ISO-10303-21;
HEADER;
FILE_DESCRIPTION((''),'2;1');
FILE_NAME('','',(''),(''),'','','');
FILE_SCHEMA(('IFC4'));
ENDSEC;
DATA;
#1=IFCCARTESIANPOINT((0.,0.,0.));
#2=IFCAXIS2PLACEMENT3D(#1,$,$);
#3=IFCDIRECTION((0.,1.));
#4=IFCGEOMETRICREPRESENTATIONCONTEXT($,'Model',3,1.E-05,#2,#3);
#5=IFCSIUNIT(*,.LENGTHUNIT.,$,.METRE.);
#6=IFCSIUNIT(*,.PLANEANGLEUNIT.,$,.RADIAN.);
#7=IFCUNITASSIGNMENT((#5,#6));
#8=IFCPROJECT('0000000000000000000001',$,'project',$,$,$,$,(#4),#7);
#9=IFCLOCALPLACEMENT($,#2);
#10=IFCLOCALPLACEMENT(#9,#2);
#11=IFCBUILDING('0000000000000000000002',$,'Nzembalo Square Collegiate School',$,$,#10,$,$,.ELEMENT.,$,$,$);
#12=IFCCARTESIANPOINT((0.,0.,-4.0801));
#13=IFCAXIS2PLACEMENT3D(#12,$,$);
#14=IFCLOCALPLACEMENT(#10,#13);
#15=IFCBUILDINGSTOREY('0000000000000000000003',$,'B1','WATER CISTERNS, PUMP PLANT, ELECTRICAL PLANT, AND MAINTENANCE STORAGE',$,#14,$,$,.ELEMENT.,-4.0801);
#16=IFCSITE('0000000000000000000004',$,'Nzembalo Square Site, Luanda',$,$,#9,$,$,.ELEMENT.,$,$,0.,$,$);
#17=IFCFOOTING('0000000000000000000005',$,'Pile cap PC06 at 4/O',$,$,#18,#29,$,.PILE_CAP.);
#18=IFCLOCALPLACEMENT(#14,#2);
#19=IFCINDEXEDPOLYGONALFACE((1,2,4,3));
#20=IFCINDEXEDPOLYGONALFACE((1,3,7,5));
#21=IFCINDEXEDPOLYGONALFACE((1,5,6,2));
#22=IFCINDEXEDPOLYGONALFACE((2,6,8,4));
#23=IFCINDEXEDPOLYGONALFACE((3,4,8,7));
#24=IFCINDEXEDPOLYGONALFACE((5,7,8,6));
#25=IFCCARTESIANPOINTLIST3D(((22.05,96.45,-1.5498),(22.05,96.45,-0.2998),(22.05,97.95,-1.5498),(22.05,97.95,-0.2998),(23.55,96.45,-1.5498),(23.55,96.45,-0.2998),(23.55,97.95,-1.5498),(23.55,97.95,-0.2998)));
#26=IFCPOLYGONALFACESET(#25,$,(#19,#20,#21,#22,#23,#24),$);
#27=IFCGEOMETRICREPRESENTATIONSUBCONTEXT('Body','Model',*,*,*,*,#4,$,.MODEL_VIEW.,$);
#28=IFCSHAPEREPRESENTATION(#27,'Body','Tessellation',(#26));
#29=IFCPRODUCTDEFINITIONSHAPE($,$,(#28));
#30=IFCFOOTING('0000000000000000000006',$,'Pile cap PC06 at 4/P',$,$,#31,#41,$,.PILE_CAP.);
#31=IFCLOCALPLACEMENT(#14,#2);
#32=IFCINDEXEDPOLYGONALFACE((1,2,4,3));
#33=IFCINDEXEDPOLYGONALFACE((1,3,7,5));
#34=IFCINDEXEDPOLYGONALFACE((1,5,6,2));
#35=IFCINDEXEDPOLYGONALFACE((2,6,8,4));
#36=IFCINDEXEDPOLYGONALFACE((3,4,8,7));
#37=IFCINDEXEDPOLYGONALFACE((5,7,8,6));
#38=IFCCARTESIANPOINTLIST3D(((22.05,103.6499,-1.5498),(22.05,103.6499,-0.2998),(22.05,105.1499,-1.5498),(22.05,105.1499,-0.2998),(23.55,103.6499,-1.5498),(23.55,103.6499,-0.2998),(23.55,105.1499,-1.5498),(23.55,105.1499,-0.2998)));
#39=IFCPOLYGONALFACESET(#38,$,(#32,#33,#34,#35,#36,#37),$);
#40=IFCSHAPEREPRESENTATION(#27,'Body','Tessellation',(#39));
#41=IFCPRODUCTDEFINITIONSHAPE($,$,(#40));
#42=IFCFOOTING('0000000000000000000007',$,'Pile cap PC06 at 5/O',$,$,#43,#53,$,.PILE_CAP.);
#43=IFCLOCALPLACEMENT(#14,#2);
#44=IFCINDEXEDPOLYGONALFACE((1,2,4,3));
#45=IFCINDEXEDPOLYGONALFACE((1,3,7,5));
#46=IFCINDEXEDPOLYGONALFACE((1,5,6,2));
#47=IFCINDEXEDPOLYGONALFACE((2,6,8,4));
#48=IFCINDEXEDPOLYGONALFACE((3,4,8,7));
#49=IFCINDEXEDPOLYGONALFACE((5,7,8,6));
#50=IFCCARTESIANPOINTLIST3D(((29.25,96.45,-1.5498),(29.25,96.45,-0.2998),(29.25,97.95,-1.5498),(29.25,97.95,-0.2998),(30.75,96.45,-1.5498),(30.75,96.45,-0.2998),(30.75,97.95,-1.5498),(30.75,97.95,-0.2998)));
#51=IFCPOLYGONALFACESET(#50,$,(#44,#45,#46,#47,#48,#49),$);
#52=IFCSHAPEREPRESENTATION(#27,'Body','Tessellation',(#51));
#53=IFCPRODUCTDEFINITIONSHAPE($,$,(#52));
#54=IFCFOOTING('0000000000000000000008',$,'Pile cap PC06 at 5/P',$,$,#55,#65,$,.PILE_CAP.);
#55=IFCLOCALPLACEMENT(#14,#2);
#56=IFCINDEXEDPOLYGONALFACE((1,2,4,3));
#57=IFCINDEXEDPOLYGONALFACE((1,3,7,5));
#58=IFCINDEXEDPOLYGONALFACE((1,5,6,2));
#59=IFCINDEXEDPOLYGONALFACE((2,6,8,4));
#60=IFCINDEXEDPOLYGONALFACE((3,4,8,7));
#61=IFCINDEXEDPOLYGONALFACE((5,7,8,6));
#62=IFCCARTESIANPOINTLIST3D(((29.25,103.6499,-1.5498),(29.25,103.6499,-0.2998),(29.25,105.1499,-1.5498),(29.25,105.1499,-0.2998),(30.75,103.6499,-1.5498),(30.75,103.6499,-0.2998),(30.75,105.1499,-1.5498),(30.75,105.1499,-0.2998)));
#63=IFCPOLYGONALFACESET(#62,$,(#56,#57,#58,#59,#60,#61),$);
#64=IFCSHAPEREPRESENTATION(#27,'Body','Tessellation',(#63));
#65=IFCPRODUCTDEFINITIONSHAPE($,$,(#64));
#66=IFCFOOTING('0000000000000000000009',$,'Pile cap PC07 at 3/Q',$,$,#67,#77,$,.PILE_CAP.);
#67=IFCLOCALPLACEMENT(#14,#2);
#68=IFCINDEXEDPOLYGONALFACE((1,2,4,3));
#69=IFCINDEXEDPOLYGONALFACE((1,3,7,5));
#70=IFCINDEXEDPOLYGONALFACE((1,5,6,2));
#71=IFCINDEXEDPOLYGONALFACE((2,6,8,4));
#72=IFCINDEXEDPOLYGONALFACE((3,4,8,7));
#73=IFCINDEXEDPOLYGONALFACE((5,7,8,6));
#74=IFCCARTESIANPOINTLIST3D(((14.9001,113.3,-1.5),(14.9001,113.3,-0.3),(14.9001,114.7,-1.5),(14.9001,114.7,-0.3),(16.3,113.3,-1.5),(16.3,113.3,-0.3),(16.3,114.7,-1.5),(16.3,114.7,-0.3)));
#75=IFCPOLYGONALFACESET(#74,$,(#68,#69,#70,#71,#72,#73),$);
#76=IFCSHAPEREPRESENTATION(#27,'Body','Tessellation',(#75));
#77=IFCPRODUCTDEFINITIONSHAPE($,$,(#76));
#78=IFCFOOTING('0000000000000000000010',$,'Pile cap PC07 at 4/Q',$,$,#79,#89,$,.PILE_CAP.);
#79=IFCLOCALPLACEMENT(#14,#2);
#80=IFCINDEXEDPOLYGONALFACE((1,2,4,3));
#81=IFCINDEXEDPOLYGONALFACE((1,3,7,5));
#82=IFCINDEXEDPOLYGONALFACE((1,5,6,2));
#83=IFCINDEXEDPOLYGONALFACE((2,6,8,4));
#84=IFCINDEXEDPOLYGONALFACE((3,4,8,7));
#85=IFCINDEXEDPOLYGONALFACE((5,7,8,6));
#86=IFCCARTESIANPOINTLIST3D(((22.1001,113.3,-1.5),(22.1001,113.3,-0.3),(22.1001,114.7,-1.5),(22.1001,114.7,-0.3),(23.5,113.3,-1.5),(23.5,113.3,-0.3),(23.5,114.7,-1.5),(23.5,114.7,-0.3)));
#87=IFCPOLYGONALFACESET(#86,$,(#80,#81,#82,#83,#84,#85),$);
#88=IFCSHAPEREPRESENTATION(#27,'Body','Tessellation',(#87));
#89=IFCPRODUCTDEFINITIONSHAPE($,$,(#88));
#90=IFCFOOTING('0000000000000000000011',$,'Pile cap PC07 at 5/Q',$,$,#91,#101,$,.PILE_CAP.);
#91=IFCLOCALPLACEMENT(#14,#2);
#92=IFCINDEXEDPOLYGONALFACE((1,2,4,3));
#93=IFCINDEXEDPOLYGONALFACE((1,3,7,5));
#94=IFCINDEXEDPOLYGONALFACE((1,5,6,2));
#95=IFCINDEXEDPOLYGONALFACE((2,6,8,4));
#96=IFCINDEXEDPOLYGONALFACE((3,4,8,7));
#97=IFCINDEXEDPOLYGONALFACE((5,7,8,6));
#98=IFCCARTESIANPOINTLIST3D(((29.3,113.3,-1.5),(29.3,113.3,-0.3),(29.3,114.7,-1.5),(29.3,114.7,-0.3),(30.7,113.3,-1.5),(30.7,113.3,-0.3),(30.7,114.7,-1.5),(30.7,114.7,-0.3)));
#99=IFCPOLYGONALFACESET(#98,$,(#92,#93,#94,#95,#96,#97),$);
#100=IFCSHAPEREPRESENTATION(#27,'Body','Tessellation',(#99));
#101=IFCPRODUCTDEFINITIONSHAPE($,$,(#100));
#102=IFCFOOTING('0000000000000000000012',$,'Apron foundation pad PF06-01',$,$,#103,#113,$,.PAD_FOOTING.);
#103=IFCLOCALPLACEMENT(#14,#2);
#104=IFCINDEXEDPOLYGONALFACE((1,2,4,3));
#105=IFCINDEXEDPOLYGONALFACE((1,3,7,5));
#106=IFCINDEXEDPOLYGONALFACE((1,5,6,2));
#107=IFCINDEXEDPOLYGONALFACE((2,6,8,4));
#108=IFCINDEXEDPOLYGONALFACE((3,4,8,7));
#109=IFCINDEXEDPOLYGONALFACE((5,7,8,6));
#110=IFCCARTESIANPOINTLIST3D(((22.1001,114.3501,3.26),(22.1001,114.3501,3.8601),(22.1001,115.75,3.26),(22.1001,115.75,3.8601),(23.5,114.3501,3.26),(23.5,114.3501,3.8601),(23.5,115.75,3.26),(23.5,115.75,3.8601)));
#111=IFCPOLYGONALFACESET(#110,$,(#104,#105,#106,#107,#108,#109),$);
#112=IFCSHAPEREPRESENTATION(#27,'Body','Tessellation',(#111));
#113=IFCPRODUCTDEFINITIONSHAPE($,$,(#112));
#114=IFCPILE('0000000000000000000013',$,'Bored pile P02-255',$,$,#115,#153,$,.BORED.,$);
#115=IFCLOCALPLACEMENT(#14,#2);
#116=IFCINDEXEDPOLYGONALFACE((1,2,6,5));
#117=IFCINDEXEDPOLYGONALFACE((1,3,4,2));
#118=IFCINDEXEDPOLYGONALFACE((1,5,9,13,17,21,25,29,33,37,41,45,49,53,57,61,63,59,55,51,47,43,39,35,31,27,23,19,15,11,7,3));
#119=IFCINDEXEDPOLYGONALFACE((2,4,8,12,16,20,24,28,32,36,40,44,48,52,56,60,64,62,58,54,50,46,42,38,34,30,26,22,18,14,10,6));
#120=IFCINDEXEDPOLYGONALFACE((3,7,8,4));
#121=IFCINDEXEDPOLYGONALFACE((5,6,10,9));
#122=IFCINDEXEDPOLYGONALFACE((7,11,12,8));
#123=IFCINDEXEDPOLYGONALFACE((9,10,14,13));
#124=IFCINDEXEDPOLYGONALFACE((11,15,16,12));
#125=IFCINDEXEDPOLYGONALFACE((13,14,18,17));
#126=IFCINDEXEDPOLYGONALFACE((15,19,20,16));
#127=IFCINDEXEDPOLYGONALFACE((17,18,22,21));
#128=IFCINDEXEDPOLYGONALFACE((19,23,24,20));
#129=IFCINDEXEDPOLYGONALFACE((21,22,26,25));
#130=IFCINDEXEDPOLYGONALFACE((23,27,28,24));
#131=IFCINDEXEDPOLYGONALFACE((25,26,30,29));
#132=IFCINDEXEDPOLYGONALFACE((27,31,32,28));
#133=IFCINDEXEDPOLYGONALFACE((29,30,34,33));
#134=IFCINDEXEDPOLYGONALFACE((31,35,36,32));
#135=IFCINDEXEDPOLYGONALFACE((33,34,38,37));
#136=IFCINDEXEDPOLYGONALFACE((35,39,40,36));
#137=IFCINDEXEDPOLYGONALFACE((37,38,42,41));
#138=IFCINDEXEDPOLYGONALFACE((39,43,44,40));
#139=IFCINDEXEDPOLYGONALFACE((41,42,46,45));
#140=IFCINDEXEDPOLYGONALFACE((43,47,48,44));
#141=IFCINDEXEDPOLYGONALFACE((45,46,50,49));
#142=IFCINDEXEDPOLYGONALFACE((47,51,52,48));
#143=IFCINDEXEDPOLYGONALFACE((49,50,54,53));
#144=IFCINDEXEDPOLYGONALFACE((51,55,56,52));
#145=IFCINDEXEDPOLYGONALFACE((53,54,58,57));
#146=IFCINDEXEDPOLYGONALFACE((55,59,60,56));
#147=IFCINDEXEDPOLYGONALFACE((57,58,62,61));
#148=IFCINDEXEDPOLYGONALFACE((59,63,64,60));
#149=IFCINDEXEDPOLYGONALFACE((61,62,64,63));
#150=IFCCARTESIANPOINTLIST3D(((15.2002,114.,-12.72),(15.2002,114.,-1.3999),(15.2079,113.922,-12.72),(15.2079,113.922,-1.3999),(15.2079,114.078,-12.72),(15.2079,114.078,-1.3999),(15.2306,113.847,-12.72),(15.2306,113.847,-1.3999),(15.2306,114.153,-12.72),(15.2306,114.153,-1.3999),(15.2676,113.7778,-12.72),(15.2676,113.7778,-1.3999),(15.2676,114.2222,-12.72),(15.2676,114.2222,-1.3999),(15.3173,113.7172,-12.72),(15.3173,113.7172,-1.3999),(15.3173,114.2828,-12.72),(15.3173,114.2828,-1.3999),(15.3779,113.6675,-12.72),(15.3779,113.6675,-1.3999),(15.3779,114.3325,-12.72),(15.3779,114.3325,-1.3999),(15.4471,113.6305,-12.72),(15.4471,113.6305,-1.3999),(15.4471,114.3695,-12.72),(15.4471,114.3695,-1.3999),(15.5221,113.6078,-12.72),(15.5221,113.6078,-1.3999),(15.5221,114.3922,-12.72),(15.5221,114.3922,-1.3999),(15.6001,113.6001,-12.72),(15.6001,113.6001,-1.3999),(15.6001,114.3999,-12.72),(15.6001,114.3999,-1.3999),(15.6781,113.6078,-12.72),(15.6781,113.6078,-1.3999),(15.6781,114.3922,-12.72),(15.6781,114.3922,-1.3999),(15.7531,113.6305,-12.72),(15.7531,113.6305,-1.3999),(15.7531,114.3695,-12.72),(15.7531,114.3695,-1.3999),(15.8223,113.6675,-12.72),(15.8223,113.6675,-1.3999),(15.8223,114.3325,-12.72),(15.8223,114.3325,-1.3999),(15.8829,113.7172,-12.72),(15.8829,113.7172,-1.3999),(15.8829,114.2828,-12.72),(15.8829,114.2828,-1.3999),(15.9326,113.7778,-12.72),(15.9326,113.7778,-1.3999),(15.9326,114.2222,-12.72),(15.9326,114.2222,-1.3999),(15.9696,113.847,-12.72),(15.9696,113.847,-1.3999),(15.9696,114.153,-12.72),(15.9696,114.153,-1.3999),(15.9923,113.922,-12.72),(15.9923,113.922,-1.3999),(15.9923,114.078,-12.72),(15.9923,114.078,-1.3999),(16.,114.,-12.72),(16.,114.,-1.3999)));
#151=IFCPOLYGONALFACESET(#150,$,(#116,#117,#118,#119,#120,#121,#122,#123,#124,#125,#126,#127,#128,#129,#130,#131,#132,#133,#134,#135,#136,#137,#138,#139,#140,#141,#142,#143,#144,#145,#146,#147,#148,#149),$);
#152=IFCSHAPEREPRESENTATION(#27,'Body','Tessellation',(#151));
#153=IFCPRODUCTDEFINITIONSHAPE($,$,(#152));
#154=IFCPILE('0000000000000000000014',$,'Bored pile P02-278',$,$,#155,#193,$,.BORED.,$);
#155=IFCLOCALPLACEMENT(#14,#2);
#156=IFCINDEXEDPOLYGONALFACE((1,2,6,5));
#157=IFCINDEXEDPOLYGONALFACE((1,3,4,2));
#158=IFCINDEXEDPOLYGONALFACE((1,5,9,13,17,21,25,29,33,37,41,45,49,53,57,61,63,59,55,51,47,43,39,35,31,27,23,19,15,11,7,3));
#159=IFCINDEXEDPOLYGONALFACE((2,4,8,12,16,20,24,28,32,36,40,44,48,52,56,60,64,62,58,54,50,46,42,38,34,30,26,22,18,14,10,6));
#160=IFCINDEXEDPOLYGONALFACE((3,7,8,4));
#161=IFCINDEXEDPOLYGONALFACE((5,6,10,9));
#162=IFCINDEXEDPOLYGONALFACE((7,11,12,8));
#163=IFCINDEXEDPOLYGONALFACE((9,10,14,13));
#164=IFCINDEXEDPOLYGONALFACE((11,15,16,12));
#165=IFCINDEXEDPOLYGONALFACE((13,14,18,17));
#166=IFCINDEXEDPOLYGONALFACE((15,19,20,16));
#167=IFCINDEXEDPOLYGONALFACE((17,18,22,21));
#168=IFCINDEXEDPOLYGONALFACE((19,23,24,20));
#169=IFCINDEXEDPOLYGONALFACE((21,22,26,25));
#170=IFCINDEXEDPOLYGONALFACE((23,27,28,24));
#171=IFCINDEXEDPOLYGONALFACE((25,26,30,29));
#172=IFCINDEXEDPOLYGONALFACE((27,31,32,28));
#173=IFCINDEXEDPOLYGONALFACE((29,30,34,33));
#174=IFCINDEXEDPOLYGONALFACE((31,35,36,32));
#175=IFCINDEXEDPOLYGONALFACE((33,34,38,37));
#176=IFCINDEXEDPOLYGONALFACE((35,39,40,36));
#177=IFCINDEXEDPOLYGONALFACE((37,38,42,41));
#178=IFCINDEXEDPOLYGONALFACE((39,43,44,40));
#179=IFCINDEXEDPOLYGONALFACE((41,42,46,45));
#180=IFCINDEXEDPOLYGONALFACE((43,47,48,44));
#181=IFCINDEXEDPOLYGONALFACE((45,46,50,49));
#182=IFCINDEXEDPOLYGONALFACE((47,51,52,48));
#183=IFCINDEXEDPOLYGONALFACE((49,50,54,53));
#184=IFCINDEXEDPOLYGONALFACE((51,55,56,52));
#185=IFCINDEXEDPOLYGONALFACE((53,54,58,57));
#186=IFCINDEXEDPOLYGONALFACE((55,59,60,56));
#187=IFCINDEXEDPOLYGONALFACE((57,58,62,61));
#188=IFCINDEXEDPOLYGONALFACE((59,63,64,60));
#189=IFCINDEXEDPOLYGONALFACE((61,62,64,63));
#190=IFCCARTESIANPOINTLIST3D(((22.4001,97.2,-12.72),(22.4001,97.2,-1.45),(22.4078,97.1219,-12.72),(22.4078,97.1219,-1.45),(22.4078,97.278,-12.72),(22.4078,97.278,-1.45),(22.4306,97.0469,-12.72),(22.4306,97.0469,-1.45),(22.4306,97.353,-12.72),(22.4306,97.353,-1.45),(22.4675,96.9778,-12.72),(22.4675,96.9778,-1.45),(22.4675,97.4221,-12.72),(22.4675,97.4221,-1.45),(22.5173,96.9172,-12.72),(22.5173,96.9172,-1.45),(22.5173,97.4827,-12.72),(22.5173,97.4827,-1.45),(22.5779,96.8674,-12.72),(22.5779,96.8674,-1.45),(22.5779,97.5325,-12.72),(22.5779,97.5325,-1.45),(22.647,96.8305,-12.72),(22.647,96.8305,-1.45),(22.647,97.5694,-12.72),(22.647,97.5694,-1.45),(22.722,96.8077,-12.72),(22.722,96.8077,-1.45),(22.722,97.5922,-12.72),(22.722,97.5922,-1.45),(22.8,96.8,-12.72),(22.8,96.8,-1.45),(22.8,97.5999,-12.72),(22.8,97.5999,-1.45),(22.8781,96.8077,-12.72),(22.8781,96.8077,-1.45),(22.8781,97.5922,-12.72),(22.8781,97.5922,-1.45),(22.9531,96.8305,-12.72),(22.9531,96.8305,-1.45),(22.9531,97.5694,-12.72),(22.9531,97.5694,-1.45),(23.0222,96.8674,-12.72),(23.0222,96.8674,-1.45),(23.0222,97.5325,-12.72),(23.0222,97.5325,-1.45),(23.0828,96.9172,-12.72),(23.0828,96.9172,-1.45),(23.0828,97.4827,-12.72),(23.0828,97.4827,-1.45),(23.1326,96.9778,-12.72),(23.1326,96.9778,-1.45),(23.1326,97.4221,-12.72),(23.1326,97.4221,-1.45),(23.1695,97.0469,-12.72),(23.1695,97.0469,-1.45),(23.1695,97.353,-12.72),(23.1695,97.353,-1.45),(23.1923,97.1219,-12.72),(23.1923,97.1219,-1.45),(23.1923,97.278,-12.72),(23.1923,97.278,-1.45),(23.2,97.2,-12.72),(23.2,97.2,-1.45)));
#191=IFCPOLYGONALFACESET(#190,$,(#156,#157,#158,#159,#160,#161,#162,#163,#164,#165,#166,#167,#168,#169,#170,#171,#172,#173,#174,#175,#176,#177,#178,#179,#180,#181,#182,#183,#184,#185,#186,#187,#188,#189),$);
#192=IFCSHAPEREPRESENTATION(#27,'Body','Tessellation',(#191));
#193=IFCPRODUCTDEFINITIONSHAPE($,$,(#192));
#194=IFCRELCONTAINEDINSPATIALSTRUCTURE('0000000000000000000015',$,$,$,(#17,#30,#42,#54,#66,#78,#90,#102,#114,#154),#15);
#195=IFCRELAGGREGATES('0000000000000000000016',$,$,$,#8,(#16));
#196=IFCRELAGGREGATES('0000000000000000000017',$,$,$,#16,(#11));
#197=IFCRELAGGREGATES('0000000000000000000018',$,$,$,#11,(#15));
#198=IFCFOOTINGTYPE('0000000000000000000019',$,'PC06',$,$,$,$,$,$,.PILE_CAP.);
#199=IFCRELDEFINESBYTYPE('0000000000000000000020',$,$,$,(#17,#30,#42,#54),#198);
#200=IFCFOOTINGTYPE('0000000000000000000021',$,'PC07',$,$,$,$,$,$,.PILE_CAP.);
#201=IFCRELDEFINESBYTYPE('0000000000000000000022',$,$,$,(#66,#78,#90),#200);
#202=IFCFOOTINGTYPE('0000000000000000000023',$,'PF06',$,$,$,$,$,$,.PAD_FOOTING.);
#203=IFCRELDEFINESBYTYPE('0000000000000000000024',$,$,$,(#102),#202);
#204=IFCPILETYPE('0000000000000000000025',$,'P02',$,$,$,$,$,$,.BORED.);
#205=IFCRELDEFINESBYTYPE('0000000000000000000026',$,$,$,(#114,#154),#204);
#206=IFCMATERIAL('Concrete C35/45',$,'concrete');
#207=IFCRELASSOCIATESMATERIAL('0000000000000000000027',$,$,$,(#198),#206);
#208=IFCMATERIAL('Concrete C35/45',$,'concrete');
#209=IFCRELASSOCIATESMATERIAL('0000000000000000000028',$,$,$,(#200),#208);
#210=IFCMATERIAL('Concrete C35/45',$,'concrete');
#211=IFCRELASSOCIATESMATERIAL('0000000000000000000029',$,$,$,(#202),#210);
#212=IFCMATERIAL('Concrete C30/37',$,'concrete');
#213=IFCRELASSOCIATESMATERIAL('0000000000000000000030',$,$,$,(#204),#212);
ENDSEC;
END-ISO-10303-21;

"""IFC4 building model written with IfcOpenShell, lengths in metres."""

from ifc_helpers import new_model, si_unit, direction, frame, origin, origin_2d, place, context, subcontext, project, spatial, rectangle, circle, extrude, material, material_profile, profile_set, type_object, element, save


model = new_model("IFC4")

# Units and contexts
model_context = context("Model", 3, precision=1e-05, world=origin(), true_north=direction((0.0, 1.0)))
body_context = subcontext(model_context, "Body", "Model", "MODEL_VIEW")
ifc_project = project(units=[si_unit("LENGTHUNIT", "METRE"), si_unit("PLANEANGLEUNIT", "RADIAN")], contexts=[model_context])

# Site, building, storey
site_placement = place(None, origin())
site = spatial("IfcSite", under=ifc_project, at=site_placement, Name="Nzembalo Square Site, Luanda", CompositionType="ELEMENT", RefElevation=0.0)
building_placement = place(site_placement, origin())
building = spatial("IfcBuilding", under=site, at=building_placement, Name="Nzembalo Square Collegiate School", CompositionType="ELEMENT")
storey_placement = place(building_placement, frame((0.0, 0.0, -4.0801)))
storey = spatial("IfcBuildingStorey", under=building, at=storey_placement, Name="B1", Description="WATER CISTERNS, PUMP PLANT, ELECTRICAL PLANT, AND MAINTENANCE STORAGE", CompositionType="ELEMENT", Elevation=-4.0801)

# Footings
ifc_material_1 = material(Name="Concrete C35/45", Category="concrete")
footing_type_1 = type_object("IfcFootingType", Name="PC06", PredefinedType="PILE_CAP", material=ifc_material_1)
for number, where, z_axis, x_axis, name in (
    (1, (22.8, 97.2, -1.5498), (0.0, 0.0, 1.0), (1.0, 0.0, 0.0), "Pile cap PC06 at 4/O"),
    (2, (22.8, 104.3999, -1.5498), (0.0, 0.0, 1.0), (1.0, 0.0, 0.0), "Pile cap PC06 at 4/P"),
    (3, (30.0, 97.2, -1.5498), (0.0, 0.0, 1.0), (1.0, 0.0, 0.0), "Pile cap PC06 at 5/O"),
    (4, (30.0, 104.3999, -1.5498), (0.0, 0.0, 1.0), (1.0, 0.0, 0.0), "Pile cap PC06 at 5/P"),
):
    element("IfcFooting", number, at=place(storey_placement, frame(where, z_axis=z_axis, x_axis=x_axis)), inside=storey, type_object=footing_type_1, Name=name, PredefinedType="PILE_CAP", context=body_context, shape_type="SweptSolid", body=[
        extrude(rectangle(XDim=1.5, YDim=1.5, at=origin_2d()), origin(), (0.0, 0.0, 1.0), 1.25),
    ])
ifc_material_2 = material(Name="Concrete C35/45", Category="concrete")
footing_type_2 = type_object("IfcFootingType", Name="PC07", PredefinedType="PILE_CAP", material=ifc_material_2)
for number, where, z_axis, x_axis, name in (
    (5, (15.6001, 114.0, -1.5), (0.0, 0.0, 1.0), (1.0, 0.0, 0.0), "Pile cap PC07 at 3/Q"),
    (6, (22.8, 114.0, -1.5), (0.0, 0.0, 1.0), (1.0, 0.0, 0.0), "Pile cap PC07 at 4/Q"),
    (7, (30.0, 114.0, -1.5), (0.0, 0.0, 1.0), (1.0, 0.0, 0.0), "Pile cap PC07 at 5/Q"),
):
    element("IfcFooting", number, at=place(storey_placement, frame(where, z_axis=z_axis, x_axis=x_axis)), inside=storey, type_object=footing_type_2, Name=name, PredefinedType="PILE_CAP", context=body_context, shape_type="SweptSolid", body=[
        extrude(rectangle(XDim=1.3999, YDim=1.3999, at=origin_2d()), origin(), (0.0, 0.0, 1.0), 1.2),
    ])
ifc_material_3 = material(Name="Concrete C35/45", Category="concrete")
footing_type_3 = type_object("IfcFootingType", Name="PF06", PredefinedType="PAD_FOOTING", material=ifc_material_3)
footing_placement = place(storey_placement, frame((22.8, 115.05, 3.26), z_axis=(0.0, 0.0, 1.0), x_axis=(1.0, 0.0, 0.0)))
element("IfcFooting", 8, at=footing_placement, inside=storey, type_object=footing_type_3, Name="Apron foundation pad PF06-01", PredefinedType="PAD_FOOTING", context=body_context, shape_type="SweptSolid", body=[
    extrude(rectangle(XDim=1.3999, YDim=1.3999, at=origin_2d()), origin(), (0.0, 0.0, 1.0), 0.6001),
])

# Piles
ifc_material_4 = material(Name="Concrete C30/37", Category="concrete")
ifc_material_profile_1 = material_profile(ifc_material_4, circle(Radius=0.3999, at=origin_2d()), Name="PILE D800")
ifc_profile_set_1 = profile_set([ifc_material_profile_1], Name="Concrete C30/37")
pile_type = type_object("IfcPileType", Name="P02", PredefinedType="BORED", material=ifc_profile_set_1)
pile_1_placement = place(storey_placement, frame((15.6001, 114.0, -1.3999), z_axis=(0.0, 0.0, -1.0), x_axis=(1.0, 0.0, 0.0)))
element("IfcPile", 9, at=pile_1_placement, inside=storey, type_object=pile_type, Name="Bored pile P02-255", PredefinedType="BORED", context=body_context, shape_type="SweptSolid", body=[
    extrude(circle(Radius=0.3999, at=origin_2d()), origin(), (0.0, 0.0, 1.0), 11.3201),
])
for number, where, z_axis, x_axis, name in (
    (10, (22.8, 97.2, -1.45), (0.0, 0.0, -1.0), (1.0, 0.0, 0.0), "Bored pile P02-278"),
):
    element("IfcPile", number, at=place(storey_placement, frame(where, z_axis=z_axis, x_axis=x_axis)), inside=storey, type_object=pile_type, Name=name, PredefinedType="BORED", context=body_context, shape_type="SweptSolid", body=[
        extrude(circle(Radius=0.3999, at=origin_2d()), origin(), (0.0, 0.0, 1.0), 11.27),
    ])

save(model, "model.ifc")
